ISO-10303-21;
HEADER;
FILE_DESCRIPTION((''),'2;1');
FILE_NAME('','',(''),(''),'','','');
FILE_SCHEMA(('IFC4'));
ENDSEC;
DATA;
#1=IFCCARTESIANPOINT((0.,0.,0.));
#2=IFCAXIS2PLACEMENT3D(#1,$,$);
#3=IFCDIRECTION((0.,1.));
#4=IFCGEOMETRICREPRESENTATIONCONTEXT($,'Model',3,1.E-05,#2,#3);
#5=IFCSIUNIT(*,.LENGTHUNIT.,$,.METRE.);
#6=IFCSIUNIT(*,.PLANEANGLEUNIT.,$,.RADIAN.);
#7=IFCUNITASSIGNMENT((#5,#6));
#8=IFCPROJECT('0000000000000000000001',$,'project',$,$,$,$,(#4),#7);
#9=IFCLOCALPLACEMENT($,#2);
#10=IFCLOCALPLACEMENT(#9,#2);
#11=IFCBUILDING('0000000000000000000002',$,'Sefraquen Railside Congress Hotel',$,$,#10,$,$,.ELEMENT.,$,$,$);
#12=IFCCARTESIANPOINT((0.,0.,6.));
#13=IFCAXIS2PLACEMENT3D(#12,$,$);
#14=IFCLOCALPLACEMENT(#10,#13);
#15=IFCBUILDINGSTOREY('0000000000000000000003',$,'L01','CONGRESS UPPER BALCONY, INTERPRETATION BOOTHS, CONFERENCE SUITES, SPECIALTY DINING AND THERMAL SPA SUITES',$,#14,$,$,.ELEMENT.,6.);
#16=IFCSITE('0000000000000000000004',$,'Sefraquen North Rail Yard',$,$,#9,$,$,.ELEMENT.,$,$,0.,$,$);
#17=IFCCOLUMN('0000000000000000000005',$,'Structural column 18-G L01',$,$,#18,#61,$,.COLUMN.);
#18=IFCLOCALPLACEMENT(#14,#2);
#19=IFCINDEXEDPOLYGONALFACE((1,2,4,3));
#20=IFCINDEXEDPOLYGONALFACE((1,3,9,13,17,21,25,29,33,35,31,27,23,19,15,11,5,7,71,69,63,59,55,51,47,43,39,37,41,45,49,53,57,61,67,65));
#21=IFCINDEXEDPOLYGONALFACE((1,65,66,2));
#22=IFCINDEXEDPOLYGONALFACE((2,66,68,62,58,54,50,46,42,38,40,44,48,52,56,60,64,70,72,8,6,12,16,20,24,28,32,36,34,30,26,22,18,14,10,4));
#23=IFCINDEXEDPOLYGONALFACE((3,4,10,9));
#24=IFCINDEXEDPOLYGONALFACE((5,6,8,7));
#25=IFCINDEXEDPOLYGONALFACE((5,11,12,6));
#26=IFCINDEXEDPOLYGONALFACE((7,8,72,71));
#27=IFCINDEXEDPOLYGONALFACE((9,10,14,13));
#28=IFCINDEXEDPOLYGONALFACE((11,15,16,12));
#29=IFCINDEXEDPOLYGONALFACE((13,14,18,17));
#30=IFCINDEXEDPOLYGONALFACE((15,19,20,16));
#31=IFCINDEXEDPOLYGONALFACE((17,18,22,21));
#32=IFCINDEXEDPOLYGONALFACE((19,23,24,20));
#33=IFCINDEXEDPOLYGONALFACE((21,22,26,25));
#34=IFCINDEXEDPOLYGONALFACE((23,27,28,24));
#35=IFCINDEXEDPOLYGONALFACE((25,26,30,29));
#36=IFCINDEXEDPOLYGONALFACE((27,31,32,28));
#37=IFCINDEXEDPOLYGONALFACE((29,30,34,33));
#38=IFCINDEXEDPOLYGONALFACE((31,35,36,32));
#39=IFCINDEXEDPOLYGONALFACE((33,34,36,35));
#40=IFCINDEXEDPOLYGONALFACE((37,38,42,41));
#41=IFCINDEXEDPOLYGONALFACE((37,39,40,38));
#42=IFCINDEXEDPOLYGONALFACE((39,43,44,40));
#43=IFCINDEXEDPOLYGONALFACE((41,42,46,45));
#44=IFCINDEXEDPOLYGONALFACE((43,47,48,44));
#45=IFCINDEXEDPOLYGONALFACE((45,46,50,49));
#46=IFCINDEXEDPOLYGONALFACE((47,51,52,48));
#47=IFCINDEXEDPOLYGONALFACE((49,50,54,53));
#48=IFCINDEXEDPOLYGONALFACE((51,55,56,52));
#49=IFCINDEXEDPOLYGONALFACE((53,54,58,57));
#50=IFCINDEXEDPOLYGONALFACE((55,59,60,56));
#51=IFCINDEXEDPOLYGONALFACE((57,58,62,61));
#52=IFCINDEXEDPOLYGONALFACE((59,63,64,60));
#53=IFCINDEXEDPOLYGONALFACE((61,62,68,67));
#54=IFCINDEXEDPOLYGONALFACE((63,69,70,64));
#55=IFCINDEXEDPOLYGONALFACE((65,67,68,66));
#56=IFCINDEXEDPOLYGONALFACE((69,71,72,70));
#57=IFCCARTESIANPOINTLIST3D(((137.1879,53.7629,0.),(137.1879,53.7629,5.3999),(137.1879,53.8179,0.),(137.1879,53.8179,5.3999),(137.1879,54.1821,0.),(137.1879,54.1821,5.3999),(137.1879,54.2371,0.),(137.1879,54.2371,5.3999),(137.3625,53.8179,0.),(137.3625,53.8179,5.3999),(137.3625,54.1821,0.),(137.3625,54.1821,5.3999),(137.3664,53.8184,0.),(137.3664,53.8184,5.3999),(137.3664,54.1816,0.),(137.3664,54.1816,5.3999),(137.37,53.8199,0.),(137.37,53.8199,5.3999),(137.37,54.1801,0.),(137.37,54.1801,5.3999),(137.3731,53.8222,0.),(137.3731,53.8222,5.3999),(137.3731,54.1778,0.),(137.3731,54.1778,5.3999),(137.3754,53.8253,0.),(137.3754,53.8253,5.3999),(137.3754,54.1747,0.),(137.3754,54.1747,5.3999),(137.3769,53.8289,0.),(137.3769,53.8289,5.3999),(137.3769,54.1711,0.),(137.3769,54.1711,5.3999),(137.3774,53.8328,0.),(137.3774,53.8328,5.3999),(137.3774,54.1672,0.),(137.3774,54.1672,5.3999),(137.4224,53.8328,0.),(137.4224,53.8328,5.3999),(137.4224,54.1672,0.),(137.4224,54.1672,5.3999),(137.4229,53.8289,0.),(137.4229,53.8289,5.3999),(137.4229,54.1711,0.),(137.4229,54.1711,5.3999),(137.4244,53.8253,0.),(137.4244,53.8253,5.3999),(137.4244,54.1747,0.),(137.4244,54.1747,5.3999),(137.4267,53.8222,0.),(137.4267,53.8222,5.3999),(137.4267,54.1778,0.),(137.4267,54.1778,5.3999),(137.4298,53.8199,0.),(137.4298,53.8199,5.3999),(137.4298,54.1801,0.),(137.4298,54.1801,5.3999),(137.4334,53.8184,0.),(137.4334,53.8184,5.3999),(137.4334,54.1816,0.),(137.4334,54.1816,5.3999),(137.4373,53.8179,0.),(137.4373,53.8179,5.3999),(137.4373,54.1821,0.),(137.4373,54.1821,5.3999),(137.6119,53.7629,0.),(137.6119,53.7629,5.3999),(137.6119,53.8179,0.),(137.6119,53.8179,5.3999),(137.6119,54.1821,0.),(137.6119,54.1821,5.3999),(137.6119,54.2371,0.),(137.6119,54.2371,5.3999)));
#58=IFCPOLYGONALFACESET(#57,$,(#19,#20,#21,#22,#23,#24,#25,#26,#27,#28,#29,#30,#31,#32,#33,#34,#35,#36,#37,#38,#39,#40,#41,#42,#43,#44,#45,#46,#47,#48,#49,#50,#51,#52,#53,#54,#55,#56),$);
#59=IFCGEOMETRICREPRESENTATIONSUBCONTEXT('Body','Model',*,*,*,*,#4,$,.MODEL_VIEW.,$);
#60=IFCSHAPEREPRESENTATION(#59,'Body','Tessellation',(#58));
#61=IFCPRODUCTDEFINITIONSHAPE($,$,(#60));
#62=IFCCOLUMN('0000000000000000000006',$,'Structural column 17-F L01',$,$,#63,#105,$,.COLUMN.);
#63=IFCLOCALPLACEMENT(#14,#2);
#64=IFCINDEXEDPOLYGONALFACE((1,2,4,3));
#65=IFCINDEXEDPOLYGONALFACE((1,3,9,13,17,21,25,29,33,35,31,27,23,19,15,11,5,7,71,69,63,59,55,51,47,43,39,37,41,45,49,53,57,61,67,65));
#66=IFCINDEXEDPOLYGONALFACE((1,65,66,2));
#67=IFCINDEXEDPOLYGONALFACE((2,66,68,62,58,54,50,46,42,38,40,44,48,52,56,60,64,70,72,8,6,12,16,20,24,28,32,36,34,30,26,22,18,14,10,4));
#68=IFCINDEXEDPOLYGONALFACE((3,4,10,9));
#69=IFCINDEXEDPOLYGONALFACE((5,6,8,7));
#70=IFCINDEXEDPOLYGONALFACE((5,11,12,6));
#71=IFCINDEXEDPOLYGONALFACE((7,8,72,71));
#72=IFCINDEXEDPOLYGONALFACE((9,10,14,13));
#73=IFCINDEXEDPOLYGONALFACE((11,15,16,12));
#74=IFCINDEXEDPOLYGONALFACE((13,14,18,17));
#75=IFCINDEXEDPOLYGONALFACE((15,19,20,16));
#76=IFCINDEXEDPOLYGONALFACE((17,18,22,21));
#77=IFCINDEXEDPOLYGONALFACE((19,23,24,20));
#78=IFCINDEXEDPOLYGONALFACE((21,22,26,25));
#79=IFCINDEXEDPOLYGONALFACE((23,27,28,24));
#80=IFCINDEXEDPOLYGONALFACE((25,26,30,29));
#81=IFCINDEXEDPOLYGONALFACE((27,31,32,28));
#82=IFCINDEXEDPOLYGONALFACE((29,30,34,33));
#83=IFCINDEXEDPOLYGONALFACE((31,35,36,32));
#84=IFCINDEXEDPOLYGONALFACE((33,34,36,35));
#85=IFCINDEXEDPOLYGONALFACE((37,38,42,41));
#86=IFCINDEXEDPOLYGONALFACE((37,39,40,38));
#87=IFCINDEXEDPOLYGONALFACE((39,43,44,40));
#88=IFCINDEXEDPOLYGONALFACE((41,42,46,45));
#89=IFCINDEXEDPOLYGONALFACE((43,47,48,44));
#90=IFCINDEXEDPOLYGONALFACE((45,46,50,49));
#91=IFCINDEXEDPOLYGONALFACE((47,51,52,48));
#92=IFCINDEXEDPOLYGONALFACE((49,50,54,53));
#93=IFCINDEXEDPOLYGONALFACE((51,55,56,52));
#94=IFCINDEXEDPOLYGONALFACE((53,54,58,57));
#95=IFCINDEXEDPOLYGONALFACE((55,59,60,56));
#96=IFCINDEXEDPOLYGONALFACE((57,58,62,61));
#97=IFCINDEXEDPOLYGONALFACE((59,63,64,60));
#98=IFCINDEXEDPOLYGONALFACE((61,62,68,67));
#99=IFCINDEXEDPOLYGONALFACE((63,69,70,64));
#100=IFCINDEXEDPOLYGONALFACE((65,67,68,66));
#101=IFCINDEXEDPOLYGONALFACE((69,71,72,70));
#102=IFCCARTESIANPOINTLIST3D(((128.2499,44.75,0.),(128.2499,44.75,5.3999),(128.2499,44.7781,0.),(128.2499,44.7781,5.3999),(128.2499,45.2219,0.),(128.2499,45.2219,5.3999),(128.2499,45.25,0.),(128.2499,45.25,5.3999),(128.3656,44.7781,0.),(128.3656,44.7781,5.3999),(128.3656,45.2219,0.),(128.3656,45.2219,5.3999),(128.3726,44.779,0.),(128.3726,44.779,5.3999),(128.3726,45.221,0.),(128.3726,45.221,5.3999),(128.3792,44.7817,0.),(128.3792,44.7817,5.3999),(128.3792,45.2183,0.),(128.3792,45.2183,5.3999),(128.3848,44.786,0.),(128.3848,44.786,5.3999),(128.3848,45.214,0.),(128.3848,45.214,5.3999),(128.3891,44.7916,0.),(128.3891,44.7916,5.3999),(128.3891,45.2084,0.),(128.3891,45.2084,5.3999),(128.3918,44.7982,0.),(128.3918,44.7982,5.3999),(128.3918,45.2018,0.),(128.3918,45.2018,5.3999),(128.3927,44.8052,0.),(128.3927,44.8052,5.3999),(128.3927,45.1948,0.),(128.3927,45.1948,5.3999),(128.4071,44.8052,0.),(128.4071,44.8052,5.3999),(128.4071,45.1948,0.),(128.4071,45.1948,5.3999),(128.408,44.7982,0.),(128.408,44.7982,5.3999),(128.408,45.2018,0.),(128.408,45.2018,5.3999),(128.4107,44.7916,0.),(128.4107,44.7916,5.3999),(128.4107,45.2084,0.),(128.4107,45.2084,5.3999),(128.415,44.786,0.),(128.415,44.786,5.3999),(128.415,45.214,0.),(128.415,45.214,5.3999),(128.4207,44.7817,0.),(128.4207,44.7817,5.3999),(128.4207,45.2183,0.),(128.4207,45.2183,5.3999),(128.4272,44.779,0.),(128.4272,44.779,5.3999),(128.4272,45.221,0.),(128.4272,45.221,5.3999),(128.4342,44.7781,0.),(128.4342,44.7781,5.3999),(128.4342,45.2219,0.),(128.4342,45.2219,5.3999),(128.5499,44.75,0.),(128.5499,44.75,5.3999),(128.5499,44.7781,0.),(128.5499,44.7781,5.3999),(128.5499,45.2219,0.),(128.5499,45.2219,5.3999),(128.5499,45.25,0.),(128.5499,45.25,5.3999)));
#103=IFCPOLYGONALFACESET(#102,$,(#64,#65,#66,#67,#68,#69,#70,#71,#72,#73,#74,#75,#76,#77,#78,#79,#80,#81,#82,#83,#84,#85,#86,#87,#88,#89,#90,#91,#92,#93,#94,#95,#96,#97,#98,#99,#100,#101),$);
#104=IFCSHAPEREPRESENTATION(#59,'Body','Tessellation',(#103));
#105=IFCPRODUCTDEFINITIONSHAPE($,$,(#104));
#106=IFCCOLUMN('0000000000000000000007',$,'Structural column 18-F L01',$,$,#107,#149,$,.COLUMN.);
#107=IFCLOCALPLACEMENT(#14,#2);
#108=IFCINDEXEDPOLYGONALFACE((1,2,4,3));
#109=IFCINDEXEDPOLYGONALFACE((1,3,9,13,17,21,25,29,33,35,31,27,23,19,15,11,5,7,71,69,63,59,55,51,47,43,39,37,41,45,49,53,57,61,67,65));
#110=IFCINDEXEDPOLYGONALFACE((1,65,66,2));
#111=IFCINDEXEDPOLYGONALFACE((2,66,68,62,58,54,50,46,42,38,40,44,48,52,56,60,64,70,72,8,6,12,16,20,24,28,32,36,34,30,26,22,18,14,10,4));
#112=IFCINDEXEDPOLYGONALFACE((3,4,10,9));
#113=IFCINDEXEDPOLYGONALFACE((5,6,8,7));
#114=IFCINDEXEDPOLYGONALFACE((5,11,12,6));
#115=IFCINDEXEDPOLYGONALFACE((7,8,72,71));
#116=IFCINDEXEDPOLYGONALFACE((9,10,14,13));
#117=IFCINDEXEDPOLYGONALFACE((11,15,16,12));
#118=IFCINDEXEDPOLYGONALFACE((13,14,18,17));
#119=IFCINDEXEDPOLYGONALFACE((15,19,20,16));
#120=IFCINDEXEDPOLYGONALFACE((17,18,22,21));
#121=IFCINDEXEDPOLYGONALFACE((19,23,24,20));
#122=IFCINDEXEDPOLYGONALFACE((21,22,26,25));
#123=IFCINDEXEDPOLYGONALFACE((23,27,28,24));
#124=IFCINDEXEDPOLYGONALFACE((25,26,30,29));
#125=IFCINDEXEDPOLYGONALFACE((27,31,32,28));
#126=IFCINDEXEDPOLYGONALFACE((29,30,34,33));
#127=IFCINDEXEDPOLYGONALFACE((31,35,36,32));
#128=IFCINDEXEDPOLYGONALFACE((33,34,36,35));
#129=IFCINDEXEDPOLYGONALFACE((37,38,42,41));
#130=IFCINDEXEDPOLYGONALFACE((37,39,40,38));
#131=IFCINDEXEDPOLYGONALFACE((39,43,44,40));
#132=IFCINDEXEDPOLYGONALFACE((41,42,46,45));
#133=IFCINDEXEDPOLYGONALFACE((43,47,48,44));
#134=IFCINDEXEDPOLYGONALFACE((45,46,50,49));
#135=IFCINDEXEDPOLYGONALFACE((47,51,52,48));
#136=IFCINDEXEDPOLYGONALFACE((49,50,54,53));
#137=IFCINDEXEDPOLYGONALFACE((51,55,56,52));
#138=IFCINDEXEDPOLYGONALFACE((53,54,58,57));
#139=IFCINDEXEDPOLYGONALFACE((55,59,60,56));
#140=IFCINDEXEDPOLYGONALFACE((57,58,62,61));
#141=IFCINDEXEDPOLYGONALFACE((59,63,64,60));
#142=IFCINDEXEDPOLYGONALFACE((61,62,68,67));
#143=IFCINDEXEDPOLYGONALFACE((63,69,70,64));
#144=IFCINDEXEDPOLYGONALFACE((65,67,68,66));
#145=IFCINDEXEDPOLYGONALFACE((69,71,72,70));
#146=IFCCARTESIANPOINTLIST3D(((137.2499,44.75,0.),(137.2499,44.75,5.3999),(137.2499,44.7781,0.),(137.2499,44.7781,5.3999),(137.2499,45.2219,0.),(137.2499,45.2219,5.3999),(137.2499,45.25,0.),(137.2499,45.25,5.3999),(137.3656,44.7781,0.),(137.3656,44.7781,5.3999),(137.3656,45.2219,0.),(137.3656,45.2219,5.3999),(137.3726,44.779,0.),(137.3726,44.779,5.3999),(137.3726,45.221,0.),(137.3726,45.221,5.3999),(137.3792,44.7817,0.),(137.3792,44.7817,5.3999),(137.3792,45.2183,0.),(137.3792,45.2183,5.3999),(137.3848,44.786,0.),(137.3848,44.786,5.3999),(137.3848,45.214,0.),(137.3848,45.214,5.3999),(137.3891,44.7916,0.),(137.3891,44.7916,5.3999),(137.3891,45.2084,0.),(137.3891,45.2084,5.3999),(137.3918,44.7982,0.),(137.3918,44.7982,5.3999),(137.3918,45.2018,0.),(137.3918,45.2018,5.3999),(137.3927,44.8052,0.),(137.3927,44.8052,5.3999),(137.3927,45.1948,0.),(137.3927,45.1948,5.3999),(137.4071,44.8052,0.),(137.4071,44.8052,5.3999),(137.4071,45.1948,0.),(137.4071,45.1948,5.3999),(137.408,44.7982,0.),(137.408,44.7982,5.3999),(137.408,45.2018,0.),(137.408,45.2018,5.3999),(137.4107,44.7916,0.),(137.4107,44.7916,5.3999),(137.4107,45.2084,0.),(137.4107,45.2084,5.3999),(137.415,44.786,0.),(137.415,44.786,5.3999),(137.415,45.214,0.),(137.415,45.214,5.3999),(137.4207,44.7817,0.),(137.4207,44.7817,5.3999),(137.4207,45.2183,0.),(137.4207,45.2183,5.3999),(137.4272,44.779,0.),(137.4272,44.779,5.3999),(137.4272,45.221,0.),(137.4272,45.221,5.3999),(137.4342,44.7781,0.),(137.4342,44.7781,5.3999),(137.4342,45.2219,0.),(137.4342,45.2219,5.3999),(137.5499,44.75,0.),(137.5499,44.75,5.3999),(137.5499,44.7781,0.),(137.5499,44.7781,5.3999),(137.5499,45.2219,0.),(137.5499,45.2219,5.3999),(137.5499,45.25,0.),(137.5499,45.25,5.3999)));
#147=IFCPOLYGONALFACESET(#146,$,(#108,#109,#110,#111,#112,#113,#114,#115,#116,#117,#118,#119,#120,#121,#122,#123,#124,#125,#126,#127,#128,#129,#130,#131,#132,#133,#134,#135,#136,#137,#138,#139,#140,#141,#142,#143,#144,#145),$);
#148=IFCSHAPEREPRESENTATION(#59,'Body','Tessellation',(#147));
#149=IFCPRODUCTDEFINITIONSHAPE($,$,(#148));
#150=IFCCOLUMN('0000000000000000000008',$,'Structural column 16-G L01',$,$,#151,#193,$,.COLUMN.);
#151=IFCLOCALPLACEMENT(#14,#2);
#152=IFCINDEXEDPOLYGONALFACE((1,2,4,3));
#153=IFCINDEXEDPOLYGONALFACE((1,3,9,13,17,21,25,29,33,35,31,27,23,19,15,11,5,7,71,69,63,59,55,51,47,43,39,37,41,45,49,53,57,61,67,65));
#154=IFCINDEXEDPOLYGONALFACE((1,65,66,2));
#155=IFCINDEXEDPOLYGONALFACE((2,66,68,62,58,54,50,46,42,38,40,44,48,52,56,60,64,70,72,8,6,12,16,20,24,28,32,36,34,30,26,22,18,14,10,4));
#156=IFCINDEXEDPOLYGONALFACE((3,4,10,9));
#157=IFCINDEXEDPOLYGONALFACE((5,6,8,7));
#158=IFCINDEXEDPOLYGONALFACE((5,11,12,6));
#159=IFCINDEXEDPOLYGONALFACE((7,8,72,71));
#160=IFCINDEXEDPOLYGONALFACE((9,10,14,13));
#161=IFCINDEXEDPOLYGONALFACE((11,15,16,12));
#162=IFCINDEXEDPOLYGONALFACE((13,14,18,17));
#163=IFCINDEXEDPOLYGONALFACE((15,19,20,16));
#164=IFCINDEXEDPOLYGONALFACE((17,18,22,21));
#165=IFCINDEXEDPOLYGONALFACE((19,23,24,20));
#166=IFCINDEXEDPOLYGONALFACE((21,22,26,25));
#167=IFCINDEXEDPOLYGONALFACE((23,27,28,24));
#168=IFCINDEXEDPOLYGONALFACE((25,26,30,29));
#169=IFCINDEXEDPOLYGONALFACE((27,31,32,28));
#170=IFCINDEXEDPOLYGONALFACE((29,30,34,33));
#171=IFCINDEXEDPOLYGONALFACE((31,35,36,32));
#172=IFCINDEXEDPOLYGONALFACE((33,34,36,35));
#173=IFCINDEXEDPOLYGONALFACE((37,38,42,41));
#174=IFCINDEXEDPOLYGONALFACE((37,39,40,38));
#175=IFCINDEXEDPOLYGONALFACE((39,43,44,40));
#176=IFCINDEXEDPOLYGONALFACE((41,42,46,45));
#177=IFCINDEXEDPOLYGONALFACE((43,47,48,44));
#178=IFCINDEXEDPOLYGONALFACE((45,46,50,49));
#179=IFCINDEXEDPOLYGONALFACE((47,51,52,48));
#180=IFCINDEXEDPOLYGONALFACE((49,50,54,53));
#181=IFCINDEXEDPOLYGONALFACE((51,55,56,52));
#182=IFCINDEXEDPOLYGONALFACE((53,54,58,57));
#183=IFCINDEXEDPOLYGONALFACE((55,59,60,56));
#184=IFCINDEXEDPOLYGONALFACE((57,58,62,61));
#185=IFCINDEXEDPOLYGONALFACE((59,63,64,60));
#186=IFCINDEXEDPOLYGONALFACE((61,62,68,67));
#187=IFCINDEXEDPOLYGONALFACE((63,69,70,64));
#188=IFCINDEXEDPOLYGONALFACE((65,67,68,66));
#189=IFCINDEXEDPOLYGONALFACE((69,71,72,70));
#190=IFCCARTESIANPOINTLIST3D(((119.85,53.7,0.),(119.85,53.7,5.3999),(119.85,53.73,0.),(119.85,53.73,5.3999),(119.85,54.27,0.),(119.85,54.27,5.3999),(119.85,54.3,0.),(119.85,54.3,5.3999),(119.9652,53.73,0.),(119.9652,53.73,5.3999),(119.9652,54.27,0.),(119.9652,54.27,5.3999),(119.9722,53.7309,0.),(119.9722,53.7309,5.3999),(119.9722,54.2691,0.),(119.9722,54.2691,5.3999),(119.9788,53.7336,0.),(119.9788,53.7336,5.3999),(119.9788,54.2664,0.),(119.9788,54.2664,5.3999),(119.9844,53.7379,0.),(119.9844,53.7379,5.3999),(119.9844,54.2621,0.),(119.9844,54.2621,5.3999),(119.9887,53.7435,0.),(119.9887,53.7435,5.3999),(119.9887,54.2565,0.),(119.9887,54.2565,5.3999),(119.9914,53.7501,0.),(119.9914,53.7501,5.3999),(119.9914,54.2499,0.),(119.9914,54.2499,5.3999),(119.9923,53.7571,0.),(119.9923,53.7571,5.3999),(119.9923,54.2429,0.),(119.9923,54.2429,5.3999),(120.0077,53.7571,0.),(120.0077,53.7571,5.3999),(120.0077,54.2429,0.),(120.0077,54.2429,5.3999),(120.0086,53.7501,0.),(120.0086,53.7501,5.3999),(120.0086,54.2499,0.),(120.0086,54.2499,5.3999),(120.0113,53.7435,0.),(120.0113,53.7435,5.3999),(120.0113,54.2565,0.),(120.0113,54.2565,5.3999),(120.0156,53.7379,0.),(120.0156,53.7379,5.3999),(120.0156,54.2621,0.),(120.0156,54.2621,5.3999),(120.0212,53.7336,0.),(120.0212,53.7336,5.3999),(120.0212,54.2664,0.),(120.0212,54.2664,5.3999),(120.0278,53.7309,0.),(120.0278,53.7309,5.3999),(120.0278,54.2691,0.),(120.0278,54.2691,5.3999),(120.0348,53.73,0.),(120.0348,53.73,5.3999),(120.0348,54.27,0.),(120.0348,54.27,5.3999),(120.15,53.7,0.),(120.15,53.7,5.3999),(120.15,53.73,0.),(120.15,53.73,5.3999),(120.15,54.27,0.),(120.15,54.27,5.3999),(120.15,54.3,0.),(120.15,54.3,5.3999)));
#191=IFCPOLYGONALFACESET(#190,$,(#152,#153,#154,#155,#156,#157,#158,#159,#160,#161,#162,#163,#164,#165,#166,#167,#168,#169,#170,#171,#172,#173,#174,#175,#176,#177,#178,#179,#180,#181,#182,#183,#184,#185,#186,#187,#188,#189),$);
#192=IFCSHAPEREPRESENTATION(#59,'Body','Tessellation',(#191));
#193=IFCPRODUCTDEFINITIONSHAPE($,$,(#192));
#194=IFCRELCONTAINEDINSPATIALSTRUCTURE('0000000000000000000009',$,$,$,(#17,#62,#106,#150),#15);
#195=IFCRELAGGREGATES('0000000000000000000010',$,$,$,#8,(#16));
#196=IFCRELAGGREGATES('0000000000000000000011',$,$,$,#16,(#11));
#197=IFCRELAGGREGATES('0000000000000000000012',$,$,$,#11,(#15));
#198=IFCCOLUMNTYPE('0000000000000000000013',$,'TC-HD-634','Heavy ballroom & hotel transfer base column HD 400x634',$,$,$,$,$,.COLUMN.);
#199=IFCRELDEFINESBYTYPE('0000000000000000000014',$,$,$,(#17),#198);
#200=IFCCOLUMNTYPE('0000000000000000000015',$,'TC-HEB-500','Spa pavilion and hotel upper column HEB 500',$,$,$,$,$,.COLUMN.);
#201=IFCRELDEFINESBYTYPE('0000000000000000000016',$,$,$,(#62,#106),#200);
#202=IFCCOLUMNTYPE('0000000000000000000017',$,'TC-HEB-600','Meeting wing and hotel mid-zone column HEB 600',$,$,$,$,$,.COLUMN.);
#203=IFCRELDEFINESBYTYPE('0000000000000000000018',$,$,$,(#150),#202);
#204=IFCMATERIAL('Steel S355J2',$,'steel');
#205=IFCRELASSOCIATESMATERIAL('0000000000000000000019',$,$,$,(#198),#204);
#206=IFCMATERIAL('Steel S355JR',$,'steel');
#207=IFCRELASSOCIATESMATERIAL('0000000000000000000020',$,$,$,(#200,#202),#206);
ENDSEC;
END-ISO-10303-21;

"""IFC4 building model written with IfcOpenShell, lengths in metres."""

from ifc_helpers import new_model, si_unit, direction, frame, origin, origin_2d, place, context, subcontext, project, spatial, i_section, extrude, material, material_profile, profile_set, type_object, element, save


model = new_model("IFC4")

# Units and contexts
model_context = context("Model", 3, precision=1e-05, world=origin(), true_north=direction((0.0, 1.0)))
body_context = subcontext(model_context, "Body", "Model", "MODEL_VIEW")
ifc_project = project(units=[si_unit("LENGTHUNIT", "METRE"), si_unit("PLANEANGLEUNIT", "RADIAN")], contexts=[model_context])

# Site, building, storey
site_placement = place(None, origin())
site = spatial("IfcSite", under=ifc_project, at=site_placement, Name="Sefraquen North Rail Yard", CompositionType="ELEMENT", RefElevation=0.0)
building_placement = place(site_placement, origin())
building = spatial("IfcBuilding", under=site, at=building_placement, Name="Sefraquen Railside Congress Hotel", CompositionType="ELEMENT")
storey_placement = place(building_placement, frame((0.0, 0.0, 6.0)))
storey = spatial("IfcBuildingStorey", under=building, at=storey_placement, Name="L01", Description="CONGRESS UPPER BALCONY, INTERPRETATION BOOTHS, CONFERENCE SUITES, SPECIALTY DINING AND THERMAL SPA SUITES", CompositionType="ELEMENT", Elevation=6.0)

# Columns
ifc_material_1 = material(Name="Steel S355J2", Category="steel")
ifc_material_profile_1 = material_profile(ifc_material_1, i_section(OverallWidth=0.4241, OverallDepth=0.4741, WebThickness=0.0449, FlangeThickness=0.0549, FilletRadius=0.0149, at=origin_2d()), Name="HD 400x634")
ifc_profile_set_1 = profile_set([ifc_material_profile_1], Name="Steel S355J2")
column_type_1 = type_object("IfcColumnType", Name="TC-HD-634", Description="Heavy ballroom & hotel transfer base column HD 400x634", PredefinedType="COLUMN", material=ifc_profile_set_1)
column_placement = place(storey_placement, frame((137.3999, 54.0, 0.0), z_axis=(0.0, 0.0, 1.0), x_axis=(1.0, 0.0, 0.0)))
element("IfcColumn", 1, at=column_placement, inside=storey, type_object=column_type_1, Name="Structural column 18-G L01", PredefinedType="COLUMN", context=body_context, shape_type="SweptSolid", body=[
    extrude(i_section(OverallWidth=0.4241, OverallDepth=0.4741, WebThickness=0.0449, FlangeThickness=0.0549, FilletRadius=0.0149, at=origin_2d()), origin(), (0.0, 0.0, 1.0), 5.3999),
])
ifc_material_2 = material(Name="Steel S355JR", Category="steel")
ifc_material_profile_2 = material_profile(ifc_material_2, i_section(OverallWidth=0.3, OverallDepth=0.5, WebThickness=0.0144, FlangeThickness=0.0281, FilletRadius=0.0271, at=origin_2d()), Name="HEB 500")
ifc_profile_set_2 = profile_set([ifc_material_profile_2], Name="Steel S355JR")
column_type_2 = type_object("IfcColumnType", Name="TC-HEB-500", Description="Spa pavilion and hotel upper column HEB 500", PredefinedType="COLUMN", material=ifc_profile_set_2)
for number, where, z_axis, x_axis, name in (
    (2, (128.3999, 45.0, 0.0), (0.0, 0.0, 1.0), (1.0, 0.0, 0.0), "Structural column 17-F L01"),
    (3, (137.3999, 45.0, 0.0), (0.0, 0.0, 1.0), (1.0, 0.0, 0.0), "Structural column 18-F L01"),
):
    element("IfcColumn", number, at=place(storey_placement, frame(where, z_axis=z_axis, x_axis=x_axis)), inside=storey, type_object=column_type_2, Name=name, PredefinedType="COLUMN", context=body_context, shape_type="SweptSolid", body=[
        extrude(i_section(OverallWidth=0.3, OverallDepth=0.5, WebThickness=0.0144, FlangeThickness=0.0281, FilletRadius=0.0271, at=origin_2d()), origin(), (0.0, 0.0, 1.0), 5.3999),
    ])
ifc_material_profile_3 = material_profile(ifc_material_2, i_section(OverallWidth=0.3, OverallDepth=0.6001, WebThickness=0.0154, FlangeThickness=0.03, FilletRadius=0.0271, at=origin_2d()), Name="HEB 600")
ifc_profile_set_3 = profile_set([ifc_material_profile_3], Name="Steel S355JR")
column_type_3 = type_object("IfcColumnType", Name="TC-HEB-600", Description="Meeting wing and hotel mid-zone column HEB 600", PredefinedType="COLUMN", material=ifc_profile_set_3)
for number, where, z_axis, x_axis, name in (
    (4, (120.0, 54.0, 0.0), (0.0, 0.0, 1.0), (1.0, 0.0, 0.0), "Structural column 16-G L01"),
):
    element("IfcColumn", number, at=place(storey_placement, frame(where, z_axis=z_axis, x_axis=x_axis)), inside=storey, type_object=column_type_3, Name=name, PredefinedType="COLUMN", context=body_context, shape_type="SweptSolid", body=[
        extrude(i_section(OverallWidth=0.3, OverallDepth=0.6001, WebThickness=0.0154, FlangeThickness=0.03, FilletRadius=0.0271, at=origin_2d()), origin(), (0.0, 0.0, 1.0), 5.3999),
    ])

save(model, "model.ifc")
